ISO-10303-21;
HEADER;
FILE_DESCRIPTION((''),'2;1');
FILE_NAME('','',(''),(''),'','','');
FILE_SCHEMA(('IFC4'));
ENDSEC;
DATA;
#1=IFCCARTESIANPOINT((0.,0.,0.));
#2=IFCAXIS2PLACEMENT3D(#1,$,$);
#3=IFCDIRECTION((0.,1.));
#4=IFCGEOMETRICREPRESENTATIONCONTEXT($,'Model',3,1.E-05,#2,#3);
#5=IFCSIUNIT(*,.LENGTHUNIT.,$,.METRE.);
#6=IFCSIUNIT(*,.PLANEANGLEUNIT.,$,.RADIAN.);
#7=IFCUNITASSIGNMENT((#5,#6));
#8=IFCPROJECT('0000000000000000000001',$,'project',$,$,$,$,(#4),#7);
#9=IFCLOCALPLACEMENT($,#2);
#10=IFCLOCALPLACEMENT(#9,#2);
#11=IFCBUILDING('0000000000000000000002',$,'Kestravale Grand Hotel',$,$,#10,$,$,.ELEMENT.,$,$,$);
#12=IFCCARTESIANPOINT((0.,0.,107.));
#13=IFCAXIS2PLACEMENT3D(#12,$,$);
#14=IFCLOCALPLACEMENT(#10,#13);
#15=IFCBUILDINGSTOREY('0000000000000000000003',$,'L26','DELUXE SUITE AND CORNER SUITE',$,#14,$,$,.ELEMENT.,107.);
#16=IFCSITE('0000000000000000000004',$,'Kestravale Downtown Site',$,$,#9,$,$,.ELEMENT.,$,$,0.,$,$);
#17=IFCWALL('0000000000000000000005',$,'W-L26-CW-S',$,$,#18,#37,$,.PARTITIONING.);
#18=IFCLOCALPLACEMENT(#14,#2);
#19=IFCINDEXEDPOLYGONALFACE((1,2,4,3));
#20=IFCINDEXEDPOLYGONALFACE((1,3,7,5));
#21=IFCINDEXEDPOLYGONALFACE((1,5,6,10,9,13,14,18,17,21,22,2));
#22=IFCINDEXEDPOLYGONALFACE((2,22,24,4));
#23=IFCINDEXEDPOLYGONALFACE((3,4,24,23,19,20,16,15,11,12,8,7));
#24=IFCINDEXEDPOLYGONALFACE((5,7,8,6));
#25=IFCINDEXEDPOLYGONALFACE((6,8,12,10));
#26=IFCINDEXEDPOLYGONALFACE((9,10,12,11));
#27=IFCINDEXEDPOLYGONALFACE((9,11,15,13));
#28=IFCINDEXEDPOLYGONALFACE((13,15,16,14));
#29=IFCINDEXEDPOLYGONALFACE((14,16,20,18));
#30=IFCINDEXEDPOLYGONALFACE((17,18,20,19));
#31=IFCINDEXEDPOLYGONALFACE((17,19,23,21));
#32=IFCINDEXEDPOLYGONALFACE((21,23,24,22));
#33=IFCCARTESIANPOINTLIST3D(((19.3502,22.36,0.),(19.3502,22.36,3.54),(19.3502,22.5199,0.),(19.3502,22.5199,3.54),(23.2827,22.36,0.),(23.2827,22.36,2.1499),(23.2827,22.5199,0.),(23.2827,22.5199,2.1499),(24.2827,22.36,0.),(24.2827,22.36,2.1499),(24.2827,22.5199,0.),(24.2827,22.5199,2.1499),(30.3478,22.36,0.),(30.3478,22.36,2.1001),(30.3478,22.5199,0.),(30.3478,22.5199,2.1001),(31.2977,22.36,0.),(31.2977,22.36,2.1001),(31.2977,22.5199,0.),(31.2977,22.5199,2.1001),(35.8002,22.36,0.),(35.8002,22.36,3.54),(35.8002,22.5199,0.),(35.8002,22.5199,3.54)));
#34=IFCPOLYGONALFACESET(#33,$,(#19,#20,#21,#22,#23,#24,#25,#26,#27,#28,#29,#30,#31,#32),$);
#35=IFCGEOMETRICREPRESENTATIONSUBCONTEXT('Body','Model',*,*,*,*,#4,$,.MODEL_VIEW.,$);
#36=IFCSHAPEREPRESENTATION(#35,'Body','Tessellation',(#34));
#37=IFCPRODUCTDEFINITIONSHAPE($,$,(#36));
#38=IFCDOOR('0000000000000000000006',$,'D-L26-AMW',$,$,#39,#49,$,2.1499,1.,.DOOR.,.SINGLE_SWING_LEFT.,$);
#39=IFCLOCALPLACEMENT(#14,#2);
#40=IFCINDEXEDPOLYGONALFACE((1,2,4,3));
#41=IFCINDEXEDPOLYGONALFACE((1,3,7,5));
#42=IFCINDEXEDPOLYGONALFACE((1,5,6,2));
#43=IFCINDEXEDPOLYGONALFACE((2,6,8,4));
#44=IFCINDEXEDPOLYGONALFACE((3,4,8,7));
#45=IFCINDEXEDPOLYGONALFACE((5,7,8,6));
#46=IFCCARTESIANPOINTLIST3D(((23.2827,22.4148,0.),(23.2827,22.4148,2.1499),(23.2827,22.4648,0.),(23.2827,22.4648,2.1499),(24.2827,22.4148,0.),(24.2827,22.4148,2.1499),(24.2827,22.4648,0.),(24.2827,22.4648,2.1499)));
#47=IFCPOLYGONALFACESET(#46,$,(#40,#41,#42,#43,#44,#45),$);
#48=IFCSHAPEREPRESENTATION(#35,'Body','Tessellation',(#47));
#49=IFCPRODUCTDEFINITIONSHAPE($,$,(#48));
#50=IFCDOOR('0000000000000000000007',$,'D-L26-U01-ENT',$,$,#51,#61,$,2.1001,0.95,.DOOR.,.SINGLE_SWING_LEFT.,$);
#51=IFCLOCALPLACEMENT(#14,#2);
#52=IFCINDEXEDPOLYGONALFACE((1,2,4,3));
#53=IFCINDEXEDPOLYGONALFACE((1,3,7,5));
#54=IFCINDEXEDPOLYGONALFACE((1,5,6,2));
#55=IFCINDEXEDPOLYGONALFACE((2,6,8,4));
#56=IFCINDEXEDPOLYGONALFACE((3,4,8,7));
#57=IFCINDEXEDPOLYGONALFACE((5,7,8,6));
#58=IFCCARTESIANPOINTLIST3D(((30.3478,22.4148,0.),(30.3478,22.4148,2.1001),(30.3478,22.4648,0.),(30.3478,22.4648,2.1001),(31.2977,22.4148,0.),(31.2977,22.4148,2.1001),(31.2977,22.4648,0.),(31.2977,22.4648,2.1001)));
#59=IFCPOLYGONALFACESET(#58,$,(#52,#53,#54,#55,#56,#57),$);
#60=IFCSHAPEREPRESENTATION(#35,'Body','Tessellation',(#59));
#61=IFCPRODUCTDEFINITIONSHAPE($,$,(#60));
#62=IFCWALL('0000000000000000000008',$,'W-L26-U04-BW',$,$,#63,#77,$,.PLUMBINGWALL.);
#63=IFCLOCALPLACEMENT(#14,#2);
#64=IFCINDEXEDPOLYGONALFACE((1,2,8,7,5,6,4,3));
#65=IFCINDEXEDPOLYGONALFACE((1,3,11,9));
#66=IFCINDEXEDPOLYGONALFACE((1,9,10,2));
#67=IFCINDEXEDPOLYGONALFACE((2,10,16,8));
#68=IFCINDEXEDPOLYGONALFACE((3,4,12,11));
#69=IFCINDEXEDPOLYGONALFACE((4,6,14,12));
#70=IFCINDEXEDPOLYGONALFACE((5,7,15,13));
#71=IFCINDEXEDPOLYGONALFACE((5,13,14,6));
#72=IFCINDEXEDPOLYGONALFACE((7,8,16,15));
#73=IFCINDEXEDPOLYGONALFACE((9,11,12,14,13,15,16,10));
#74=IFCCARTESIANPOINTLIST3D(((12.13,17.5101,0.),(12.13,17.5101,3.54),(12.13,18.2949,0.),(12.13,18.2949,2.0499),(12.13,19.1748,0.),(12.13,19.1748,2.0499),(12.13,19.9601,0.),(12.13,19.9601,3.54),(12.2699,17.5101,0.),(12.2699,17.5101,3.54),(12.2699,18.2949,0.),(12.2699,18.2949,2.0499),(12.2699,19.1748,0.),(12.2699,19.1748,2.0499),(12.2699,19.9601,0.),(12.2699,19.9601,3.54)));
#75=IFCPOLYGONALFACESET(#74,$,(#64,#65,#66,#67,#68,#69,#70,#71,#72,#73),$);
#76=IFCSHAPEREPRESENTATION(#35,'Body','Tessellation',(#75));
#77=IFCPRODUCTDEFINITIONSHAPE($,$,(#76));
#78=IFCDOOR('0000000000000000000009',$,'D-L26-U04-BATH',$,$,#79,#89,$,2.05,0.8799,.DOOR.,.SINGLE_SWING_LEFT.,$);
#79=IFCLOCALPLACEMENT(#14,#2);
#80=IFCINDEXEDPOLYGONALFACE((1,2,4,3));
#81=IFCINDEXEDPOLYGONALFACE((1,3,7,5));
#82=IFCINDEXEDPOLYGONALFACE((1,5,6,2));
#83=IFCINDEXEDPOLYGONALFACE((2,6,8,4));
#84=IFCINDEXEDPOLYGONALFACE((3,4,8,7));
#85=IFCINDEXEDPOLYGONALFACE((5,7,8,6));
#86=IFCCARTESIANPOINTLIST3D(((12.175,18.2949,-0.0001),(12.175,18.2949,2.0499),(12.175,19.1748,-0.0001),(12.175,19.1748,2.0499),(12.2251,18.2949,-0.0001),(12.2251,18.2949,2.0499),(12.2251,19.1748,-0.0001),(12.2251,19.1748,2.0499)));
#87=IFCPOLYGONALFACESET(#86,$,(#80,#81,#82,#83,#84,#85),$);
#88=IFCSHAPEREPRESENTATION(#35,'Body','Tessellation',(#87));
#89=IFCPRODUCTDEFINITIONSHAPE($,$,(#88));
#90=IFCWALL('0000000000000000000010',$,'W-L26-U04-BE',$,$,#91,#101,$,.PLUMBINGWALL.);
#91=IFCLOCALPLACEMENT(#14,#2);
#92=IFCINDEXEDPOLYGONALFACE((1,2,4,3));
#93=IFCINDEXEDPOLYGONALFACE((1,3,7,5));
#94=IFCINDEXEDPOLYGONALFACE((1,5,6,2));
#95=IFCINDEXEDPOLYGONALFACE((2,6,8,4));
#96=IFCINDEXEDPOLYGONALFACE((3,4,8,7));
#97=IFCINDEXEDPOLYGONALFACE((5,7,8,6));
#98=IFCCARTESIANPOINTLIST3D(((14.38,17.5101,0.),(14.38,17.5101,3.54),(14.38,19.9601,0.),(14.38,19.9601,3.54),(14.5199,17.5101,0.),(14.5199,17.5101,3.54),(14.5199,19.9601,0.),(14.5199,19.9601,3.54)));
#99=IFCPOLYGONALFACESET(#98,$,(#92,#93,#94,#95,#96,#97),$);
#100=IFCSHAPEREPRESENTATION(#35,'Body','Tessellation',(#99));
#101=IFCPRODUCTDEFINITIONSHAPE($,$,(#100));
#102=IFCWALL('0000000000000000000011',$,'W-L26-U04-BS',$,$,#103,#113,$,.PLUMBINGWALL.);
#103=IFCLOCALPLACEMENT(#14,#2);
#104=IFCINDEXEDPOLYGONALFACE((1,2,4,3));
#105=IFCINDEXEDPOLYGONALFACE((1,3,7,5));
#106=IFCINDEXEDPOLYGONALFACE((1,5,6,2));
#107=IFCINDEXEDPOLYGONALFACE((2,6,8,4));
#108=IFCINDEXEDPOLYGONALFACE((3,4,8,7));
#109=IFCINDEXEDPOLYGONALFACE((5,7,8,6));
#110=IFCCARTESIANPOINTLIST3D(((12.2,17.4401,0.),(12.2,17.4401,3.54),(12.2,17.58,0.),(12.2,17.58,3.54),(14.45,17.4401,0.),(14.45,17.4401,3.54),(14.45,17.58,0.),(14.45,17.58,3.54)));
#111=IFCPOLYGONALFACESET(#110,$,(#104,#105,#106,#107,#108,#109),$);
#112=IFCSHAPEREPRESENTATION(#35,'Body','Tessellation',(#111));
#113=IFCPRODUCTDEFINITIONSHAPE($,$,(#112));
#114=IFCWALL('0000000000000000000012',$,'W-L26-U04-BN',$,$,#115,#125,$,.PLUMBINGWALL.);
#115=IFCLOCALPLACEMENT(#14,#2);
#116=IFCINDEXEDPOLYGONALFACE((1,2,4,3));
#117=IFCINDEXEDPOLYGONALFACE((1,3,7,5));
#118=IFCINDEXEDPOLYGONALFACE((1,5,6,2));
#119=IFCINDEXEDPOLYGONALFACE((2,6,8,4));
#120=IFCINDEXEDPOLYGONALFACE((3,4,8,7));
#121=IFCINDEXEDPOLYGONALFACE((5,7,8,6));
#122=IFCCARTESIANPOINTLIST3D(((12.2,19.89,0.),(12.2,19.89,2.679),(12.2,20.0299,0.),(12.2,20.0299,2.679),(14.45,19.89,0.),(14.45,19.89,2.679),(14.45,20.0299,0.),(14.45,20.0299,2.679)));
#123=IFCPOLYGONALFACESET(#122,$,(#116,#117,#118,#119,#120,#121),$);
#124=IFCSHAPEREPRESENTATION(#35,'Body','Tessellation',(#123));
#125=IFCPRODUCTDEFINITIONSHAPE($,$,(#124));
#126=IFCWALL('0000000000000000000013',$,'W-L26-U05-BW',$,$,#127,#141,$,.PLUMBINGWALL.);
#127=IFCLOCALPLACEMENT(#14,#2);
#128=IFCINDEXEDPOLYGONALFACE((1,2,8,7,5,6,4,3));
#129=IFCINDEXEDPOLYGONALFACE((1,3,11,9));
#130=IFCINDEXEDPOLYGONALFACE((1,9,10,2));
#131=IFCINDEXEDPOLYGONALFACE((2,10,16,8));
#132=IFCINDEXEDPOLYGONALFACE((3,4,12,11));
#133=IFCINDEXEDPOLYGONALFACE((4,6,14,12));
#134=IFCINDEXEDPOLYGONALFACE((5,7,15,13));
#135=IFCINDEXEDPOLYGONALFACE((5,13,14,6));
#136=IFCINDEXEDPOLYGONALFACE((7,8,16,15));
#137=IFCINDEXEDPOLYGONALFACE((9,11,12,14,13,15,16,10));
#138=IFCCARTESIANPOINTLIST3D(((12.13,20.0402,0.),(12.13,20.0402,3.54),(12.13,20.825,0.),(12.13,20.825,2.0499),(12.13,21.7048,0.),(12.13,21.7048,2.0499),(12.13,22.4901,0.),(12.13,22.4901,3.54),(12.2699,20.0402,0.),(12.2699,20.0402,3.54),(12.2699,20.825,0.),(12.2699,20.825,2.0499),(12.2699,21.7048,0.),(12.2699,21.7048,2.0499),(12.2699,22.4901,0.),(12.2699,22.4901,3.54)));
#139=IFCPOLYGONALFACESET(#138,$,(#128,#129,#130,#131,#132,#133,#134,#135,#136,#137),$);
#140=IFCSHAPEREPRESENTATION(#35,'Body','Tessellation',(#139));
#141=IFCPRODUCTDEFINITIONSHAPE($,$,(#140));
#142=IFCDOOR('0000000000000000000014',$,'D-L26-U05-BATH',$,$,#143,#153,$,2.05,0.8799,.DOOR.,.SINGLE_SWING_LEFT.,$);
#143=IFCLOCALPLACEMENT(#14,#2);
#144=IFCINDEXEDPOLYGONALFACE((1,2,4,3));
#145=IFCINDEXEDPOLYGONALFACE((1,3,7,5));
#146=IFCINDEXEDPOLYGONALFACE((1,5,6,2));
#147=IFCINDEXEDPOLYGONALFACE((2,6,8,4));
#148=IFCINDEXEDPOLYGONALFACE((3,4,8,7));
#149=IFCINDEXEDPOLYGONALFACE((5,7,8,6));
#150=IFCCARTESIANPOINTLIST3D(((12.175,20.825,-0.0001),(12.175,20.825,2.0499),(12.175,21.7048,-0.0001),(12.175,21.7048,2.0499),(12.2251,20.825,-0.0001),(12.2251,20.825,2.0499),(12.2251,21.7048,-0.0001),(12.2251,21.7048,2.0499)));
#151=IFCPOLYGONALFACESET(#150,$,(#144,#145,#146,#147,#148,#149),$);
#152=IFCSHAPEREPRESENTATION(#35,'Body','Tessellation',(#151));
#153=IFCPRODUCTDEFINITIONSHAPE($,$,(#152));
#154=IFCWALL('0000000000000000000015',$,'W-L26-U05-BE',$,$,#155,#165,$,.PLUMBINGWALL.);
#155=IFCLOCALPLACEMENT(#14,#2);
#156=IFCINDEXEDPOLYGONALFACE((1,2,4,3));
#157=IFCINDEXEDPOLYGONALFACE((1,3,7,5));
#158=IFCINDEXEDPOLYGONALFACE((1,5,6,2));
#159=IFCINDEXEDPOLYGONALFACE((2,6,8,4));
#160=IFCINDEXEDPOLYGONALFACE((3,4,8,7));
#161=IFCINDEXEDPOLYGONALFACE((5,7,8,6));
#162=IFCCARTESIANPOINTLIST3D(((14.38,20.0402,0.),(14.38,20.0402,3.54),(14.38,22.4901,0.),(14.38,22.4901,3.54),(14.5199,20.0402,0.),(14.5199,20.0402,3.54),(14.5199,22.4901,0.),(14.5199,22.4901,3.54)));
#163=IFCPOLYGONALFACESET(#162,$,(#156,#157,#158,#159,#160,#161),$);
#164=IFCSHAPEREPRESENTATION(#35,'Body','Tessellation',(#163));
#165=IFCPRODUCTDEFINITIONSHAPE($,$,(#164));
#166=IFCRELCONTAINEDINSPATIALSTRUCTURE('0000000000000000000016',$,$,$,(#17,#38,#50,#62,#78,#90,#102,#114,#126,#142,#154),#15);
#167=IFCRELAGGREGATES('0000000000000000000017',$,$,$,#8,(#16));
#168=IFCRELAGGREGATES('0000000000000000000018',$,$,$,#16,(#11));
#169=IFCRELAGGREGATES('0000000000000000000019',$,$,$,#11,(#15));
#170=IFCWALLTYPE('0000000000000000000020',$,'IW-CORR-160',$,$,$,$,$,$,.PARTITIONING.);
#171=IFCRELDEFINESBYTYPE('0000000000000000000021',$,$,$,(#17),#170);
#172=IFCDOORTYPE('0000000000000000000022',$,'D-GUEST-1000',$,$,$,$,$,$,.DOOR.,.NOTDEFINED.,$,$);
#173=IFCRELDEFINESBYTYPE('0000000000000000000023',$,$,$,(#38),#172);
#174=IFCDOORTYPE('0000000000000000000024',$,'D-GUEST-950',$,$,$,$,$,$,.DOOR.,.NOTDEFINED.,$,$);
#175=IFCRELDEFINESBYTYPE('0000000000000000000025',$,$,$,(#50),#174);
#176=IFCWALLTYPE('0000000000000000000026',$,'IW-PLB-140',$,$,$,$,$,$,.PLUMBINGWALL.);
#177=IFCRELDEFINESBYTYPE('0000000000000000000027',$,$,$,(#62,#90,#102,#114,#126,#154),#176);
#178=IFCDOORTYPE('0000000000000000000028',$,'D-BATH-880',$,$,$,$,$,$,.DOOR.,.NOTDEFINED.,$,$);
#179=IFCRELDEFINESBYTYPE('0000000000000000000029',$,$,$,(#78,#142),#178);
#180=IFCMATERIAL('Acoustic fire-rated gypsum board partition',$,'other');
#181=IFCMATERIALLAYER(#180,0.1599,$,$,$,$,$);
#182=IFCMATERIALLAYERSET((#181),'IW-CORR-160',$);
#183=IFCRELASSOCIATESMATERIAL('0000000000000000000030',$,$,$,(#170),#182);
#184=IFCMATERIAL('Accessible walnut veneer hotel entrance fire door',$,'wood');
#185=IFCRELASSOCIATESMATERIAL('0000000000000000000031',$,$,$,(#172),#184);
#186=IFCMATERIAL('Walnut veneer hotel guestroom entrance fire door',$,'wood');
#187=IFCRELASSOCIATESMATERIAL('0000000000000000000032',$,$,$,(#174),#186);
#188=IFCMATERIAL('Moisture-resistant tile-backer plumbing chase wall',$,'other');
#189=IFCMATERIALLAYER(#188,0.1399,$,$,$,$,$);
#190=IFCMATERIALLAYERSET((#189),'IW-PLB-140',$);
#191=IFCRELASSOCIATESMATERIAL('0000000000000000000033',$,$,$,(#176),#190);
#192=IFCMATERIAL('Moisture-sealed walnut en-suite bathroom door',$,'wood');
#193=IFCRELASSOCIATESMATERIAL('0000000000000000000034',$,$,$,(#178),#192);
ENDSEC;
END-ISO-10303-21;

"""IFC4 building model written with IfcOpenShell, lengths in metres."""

from ifc_helpers import new_model, si_unit, direction, frame, frame_2d, origin, place, context, subcontext, project, spatial, rectangle, extrude, material, layer, layer_set, type_object, element, fill, save


model = new_model("IFC4")

# Units and contexts
model_context = context("Model", 3, precision=1e-05, world=origin(), true_north=direction((0.0, 1.0)))
body_context = subcontext(model_context, "Body", "Model", "MODEL_VIEW")
ifc_project = project(units=[si_unit("LENGTHUNIT", "METRE"), si_unit("PLANEANGLEUNIT", "RADIAN")], contexts=[model_context])

# Site, building, storey
site_placement = place(None, origin())
site = spatial("IfcSite", under=ifc_project, at=site_placement, Name="Kestravale Downtown Site", CompositionType="ELEMENT", RefElevation=0.0)
building_placement = place(site_placement, origin())
building = spatial("IfcBuilding", under=site, at=building_placement, Name="Kestravale Grand Hotel", CompositionType="ELEMENT")
storey_placement = place(building_placement, frame((0.0, 0.0, 107.0)))
storey = spatial("IfcBuildingStorey", under=building, at=storey_placement, Name="L26", Description="DELUXE SUITE AND CORNER SUITE", CompositionType="ELEMENT", Elevation=107.0)

# Shared definitions
ifc_material_1 = material(Name="Acoustic fire-rated gypsum board partition", Category="other")
ifc_layer_1 = layer(ifc_material_1, 0.1599)
ifc_layer_set_1 = layer_set([ifc_layer_1], Name="IW-CORR-160")
wall_type_1 = type_object("IfcWallType", Name="IW-CORR-160", PredefinedType="PARTITIONING", material=ifc_layer_set_1)

# Wall, openings, doors
wall_1_placement = place(storey_placement, frame((19.3501, 22.4399, 0.0), z_axis=(0.0, 0.0, 1.0), x_axis=(1.0, 0.0, 0.0)))
wall_1 = element("IfcWall", 1, at=wall_1_placement, inside=storey, type_object=wall_type_1, Name="W-L26-CW-S", PredefinedType="PARTITIONING", context=body_context, shape_type="SweptSolid", body=[
    extrude(rectangle(XDim=16.45, YDim=0.1599, at=frame_2d((8.2251, 0.0))), origin(), (0.0, 0.0, 1.0), 3.54),
])
opening_1_placement = place(wall_1_placement, frame((3.9326, 0.0, 0.0)))
opening_1 = element("IfcOpeningElement", 2, at=opening_1_placement, cuts=wall_1, PredefinedType="OPENING", context=body_context, shape_type="SweptSolid", body=[
    extrude(rectangle(XDim=1.0, YDim=2.1499, at=frame_2d((0.5, 1.075))), frame((0.0, 0.0898, 0.0), z_axis=(0.0, -1.0, 0.0), x_axis=(1.0, 0.0, 0.0)), (0.0, 0.0, 1.0), 0.1799),
])
opening_2_placement = place(wall_1_placement, frame((10.9976, 0.0, 0.0)))
opening_2 = element("IfcOpeningElement", 3, at=opening_2_placement, cuts=wall_1, PredefinedType="OPENING", context=body_context, shape_type="SweptSolid", body=[
    extrude(rectangle(XDim=0.95, YDim=2.1001, at=frame_2d((0.4751, 1.05))), frame((0.0, 0.0898, 0.0), z_axis=(0.0, -1.0, 0.0), x_axis=(1.0, 0.0, 0.0)), (0.0, 0.0, 1.0), 0.1799),
])
ifc_material_2 = material(Name="Accessible walnut veneer hotel entrance fire door", Category="wood")
door_type_1 = type_object("IfcDoorType", Name="D-GUEST-1000", OperationType="NOTDEFINED", PredefinedType="DOOR", material=ifc_material_2)
door_1_placement = place(opening_1_placement, origin())
door_1 = element("IfcDoor", 4, at=door_1_placement, inside=storey, type_object=door_type_1, Name="D-L26-AMW", OperationType="SINGLE_SWING_LEFT", OverallHeight=2.1499, OverallWidth=1.0, PredefinedType="DOOR", context=body_context, shape_type="SweptSolid", body=[
    extrude(rectangle(XDim=1.0, YDim=2.1499, at=frame_2d((0.5, 1.075))), frame((0.0, 0.0249, 0.0), z_axis=(0.0, -1.0, 0.0), x_axis=(1.0, 0.0, 0.0)), (0.0, 0.0, 1.0), 0.05),
])
fill(opening_1, door_1)
ifc_material_3 = material(Name="Walnut veneer hotel guestroom entrance fire door", Category="wood")
door_type_2 = type_object("IfcDoorType", Name="D-GUEST-950", OperationType="NOTDEFINED", PredefinedType="DOOR", material=ifc_material_3)
door_2_placement = place(opening_2_placement, origin())
door_2 = element("IfcDoor", 5, at=door_2_placement, inside=storey, type_object=door_type_2, Name="D-L26-U01-ENT", OperationType="SINGLE_SWING_LEFT", OverallHeight=2.1001, OverallWidth=0.95, PredefinedType="DOOR", context=body_context, shape_type="SweptSolid", body=[
    extrude(rectangle(XDim=0.95, YDim=2.1001, at=frame_2d((0.4751, 1.05))), frame((0.0, 0.0249, 0.0), z_axis=(0.0, -1.0, 0.0), x_axis=(1.0, 0.0, 0.0)), (0.0, 0.0, 1.0), 0.05),
])
fill(opening_2, door_2)

# Wall, opening, door
ifc_material_4 = material(Name="Moisture-resistant tile-backer plumbing chase wall", Category="other")
ifc_layer_2 = layer(ifc_material_4, 0.1399)
ifc_layer_set_2 = layer_set([ifc_layer_2], Name="IW-PLB-140")
wall_type_2 = type_object("IfcWallType", Name="IW-PLB-140", PredefinedType="PLUMBINGWALL", material=ifc_layer_set_2)
wall_2_placement = place(storey_placement, frame((12.2, 17.51, 0.0), z_axis=(0.0, 0.0, 1.0), x_axis=(0.0, 1.0, 0.0)))
wall_2 = element("IfcWall", 6, at=wall_2_placement, inside=storey, type_object=wall_type_2, Name="W-L26-U04-BW", PredefinedType="PLUMBINGWALL", context=body_context, shape_type="SweptSolid", body=[
    extrude(rectangle(XDim=2.45, YDim=0.1399, at=frame_2d((1.2251, 0.0))), origin(), (0.0, 0.0, 1.0), 3.54),
])
opening_3_placement = place(wall_2_placement, frame((0.7849, 0.0, 0.0)))
opening_3 = element("IfcOpeningElement", 7, at=opening_3_placement, cuts=wall_2, PredefinedType="OPENING", context=body_context, shape_type="SweptSolid", body=[
    extrude(rectangle(XDim=0.8799, YDim=2.05, at=frame_2d((0.4399, 1.0249))), frame((0.0, 0.0798, 0.0), z_axis=(0.0, -1.0, 0.0), x_axis=(1.0, 0.0, 0.0)), (0.0, 0.0, 1.0), 0.1599),
])
ifc_material_5 = material(Name="Moisture-sealed walnut en-suite bathroom door", Category="wood")
door_type_3 = type_object("IfcDoorType", Name="D-BATH-880", OperationType="NOTDEFINED", PredefinedType="DOOR", material=ifc_material_5)
door_3_placement = place(opening_3_placement, origin())
door_3 = element("IfcDoor", 8, at=door_3_placement, inside=storey, type_object=door_type_3, Name="D-L26-U04-BATH", OperationType="SINGLE_SWING_LEFT", OverallHeight=2.05, OverallWidth=0.8799, PredefinedType="DOOR", context=body_context, shape_type="SweptSolid", body=[
    extrude(rectangle(XDim=0.8799, YDim=2.05, at=frame_2d((0.4399, 1.0249))), frame((0.0, 0.0249, 0.0), z_axis=(0.0, -1.0, 0.0), x_axis=(1.0, 0.0, 0.0)), (0.0, 0.0, 1.0), 0.05),
])
fill(opening_3, door_3)

# Walls
wall_3_placement = place(storey_placement, frame((14.45, 17.51, 0.0), z_axis=(0.0, 0.0, 1.0), x_axis=(0.0, 1.0, 0.0)))
element("IfcWall", 9, at=wall_3_placement, inside=storey, type_object=wall_type_2, Name="W-L26-U04-BE", PredefinedType="PLUMBINGWALL", context=body_context, shape_type="SweptSolid", body=[
    extrude(rectangle(XDim=2.45, YDim=0.1399, at=frame_2d((1.2251, 0.0))), origin(), (0.0, 0.0, 1.0), 3.54),
])
wall_4_placement = place(storey_placement, frame((12.2, 17.51, 0.0), z_axis=(0.0, 0.0, 1.0), x_axis=(1.0, 0.0, 0.0)))
element("IfcWall", 10, at=wall_4_placement, inside=storey, type_object=wall_type_2, Name="W-L26-U04-BS", PredefinedType="PLUMBINGWALL", context=body_context, shape_type="SweptSolid", body=[
    extrude(rectangle(XDim=2.25, YDim=0.1399, at=frame_2d((1.125, 0.0))), origin(), (0.0, 0.0, 1.0), 3.54),
])
wall_5_placement = place(storey_placement, frame((12.2, 19.96, 0.0), z_axis=(0.0, 0.0, 1.0), x_axis=(1.0, 0.0, 0.0)))
element("IfcWall", 11, at=wall_5_placement, inside=storey, type_object=wall_type_2, Name="W-L26-U04-BN", PredefinedType="PLUMBINGWALL", context=body_context, shape_type="SweptSolid", body=[
    extrude(rectangle(XDim=2.25, YDim=0.1399, at=frame_2d((1.125, 0.0))), origin(), (0.0, 0.0, 1.0), 2.679),
])

# Wall, opening, door
wall_6_placement = place(storey_placement, frame((12.2, 20.04, 0.0), z_axis=(0.0, 0.0, 1.0), x_axis=(0.0, 1.0, 0.0)))
wall_6 = element("IfcWall", 12, at=wall_6_placement, inside=storey, type_object=wall_type_2, Name="W-L26-U05-BW", PredefinedType="PLUMBINGWALL", context=body_context, shape_type="SweptSolid", body=[
    extrude(rectangle(XDim=2.45, YDim=0.1399, at=frame_2d((1.2251, 0.0))), origin(), (0.0, 0.0, 1.0), 3.54),
])
opening_4_placement = place(wall_6_placement, frame((0.7849, 0.0, 0.0)))
opening_4 = element("IfcOpeningElement", 13, at=opening_4_placement, cuts=wall_6, PredefinedType="OPENING", context=body_context, shape_type="SweptSolid", body=[
    extrude(rectangle(XDim=0.8799, YDim=2.05, at=frame_2d((0.4399, 1.0249))), frame((0.0, 0.0798, 0.0), z_axis=(0.0, -1.0, 0.0), x_axis=(1.0, 0.0, 0.0)), (0.0, 0.0, 1.0), 0.1599),
])
door_4_placement = place(opening_4_placement, origin())
door_4 = element("IfcDoor", 14, at=door_4_placement, inside=storey, type_object=door_type_3, Name="D-L26-U05-BATH", OperationType="SINGLE_SWING_LEFT", OverallHeight=2.05, OverallWidth=0.8799, PredefinedType="DOOR", context=body_context, shape_type="SweptSolid", body=[
    extrude(rectangle(XDim=0.8799, YDim=2.05, at=frame_2d((0.4399, 1.0249))), frame((0.0, 0.0249, 0.0), z_axis=(0.0, -1.0, 0.0), x_axis=(1.0, 0.0, 0.0)), (0.0, 0.0, 1.0), 0.05),
])
fill(opening_4, door_4)

# Wall
wall_7_placement = place(storey_placement, frame((14.45, 20.04, 0.0), z_axis=(0.0, 0.0, 1.0), x_axis=(0.0, 1.0, 0.0)))
element("IfcWall", 15, at=wall_7_placement, inside=storey, type_object=wall_type_2, Name="W-L26-U05-BE", PredefinedType="PLUMBINGWALL", context=body_context, shape_type="SweptSolid", body=[
    extrude(rectangle(XDim=2.45, YDim=0.1399, at=frame_2d((1.2251, 0.0))), origin(), (0.0, 0.0, 1.0), 3.54),
])

save(model, "model.ifc")
